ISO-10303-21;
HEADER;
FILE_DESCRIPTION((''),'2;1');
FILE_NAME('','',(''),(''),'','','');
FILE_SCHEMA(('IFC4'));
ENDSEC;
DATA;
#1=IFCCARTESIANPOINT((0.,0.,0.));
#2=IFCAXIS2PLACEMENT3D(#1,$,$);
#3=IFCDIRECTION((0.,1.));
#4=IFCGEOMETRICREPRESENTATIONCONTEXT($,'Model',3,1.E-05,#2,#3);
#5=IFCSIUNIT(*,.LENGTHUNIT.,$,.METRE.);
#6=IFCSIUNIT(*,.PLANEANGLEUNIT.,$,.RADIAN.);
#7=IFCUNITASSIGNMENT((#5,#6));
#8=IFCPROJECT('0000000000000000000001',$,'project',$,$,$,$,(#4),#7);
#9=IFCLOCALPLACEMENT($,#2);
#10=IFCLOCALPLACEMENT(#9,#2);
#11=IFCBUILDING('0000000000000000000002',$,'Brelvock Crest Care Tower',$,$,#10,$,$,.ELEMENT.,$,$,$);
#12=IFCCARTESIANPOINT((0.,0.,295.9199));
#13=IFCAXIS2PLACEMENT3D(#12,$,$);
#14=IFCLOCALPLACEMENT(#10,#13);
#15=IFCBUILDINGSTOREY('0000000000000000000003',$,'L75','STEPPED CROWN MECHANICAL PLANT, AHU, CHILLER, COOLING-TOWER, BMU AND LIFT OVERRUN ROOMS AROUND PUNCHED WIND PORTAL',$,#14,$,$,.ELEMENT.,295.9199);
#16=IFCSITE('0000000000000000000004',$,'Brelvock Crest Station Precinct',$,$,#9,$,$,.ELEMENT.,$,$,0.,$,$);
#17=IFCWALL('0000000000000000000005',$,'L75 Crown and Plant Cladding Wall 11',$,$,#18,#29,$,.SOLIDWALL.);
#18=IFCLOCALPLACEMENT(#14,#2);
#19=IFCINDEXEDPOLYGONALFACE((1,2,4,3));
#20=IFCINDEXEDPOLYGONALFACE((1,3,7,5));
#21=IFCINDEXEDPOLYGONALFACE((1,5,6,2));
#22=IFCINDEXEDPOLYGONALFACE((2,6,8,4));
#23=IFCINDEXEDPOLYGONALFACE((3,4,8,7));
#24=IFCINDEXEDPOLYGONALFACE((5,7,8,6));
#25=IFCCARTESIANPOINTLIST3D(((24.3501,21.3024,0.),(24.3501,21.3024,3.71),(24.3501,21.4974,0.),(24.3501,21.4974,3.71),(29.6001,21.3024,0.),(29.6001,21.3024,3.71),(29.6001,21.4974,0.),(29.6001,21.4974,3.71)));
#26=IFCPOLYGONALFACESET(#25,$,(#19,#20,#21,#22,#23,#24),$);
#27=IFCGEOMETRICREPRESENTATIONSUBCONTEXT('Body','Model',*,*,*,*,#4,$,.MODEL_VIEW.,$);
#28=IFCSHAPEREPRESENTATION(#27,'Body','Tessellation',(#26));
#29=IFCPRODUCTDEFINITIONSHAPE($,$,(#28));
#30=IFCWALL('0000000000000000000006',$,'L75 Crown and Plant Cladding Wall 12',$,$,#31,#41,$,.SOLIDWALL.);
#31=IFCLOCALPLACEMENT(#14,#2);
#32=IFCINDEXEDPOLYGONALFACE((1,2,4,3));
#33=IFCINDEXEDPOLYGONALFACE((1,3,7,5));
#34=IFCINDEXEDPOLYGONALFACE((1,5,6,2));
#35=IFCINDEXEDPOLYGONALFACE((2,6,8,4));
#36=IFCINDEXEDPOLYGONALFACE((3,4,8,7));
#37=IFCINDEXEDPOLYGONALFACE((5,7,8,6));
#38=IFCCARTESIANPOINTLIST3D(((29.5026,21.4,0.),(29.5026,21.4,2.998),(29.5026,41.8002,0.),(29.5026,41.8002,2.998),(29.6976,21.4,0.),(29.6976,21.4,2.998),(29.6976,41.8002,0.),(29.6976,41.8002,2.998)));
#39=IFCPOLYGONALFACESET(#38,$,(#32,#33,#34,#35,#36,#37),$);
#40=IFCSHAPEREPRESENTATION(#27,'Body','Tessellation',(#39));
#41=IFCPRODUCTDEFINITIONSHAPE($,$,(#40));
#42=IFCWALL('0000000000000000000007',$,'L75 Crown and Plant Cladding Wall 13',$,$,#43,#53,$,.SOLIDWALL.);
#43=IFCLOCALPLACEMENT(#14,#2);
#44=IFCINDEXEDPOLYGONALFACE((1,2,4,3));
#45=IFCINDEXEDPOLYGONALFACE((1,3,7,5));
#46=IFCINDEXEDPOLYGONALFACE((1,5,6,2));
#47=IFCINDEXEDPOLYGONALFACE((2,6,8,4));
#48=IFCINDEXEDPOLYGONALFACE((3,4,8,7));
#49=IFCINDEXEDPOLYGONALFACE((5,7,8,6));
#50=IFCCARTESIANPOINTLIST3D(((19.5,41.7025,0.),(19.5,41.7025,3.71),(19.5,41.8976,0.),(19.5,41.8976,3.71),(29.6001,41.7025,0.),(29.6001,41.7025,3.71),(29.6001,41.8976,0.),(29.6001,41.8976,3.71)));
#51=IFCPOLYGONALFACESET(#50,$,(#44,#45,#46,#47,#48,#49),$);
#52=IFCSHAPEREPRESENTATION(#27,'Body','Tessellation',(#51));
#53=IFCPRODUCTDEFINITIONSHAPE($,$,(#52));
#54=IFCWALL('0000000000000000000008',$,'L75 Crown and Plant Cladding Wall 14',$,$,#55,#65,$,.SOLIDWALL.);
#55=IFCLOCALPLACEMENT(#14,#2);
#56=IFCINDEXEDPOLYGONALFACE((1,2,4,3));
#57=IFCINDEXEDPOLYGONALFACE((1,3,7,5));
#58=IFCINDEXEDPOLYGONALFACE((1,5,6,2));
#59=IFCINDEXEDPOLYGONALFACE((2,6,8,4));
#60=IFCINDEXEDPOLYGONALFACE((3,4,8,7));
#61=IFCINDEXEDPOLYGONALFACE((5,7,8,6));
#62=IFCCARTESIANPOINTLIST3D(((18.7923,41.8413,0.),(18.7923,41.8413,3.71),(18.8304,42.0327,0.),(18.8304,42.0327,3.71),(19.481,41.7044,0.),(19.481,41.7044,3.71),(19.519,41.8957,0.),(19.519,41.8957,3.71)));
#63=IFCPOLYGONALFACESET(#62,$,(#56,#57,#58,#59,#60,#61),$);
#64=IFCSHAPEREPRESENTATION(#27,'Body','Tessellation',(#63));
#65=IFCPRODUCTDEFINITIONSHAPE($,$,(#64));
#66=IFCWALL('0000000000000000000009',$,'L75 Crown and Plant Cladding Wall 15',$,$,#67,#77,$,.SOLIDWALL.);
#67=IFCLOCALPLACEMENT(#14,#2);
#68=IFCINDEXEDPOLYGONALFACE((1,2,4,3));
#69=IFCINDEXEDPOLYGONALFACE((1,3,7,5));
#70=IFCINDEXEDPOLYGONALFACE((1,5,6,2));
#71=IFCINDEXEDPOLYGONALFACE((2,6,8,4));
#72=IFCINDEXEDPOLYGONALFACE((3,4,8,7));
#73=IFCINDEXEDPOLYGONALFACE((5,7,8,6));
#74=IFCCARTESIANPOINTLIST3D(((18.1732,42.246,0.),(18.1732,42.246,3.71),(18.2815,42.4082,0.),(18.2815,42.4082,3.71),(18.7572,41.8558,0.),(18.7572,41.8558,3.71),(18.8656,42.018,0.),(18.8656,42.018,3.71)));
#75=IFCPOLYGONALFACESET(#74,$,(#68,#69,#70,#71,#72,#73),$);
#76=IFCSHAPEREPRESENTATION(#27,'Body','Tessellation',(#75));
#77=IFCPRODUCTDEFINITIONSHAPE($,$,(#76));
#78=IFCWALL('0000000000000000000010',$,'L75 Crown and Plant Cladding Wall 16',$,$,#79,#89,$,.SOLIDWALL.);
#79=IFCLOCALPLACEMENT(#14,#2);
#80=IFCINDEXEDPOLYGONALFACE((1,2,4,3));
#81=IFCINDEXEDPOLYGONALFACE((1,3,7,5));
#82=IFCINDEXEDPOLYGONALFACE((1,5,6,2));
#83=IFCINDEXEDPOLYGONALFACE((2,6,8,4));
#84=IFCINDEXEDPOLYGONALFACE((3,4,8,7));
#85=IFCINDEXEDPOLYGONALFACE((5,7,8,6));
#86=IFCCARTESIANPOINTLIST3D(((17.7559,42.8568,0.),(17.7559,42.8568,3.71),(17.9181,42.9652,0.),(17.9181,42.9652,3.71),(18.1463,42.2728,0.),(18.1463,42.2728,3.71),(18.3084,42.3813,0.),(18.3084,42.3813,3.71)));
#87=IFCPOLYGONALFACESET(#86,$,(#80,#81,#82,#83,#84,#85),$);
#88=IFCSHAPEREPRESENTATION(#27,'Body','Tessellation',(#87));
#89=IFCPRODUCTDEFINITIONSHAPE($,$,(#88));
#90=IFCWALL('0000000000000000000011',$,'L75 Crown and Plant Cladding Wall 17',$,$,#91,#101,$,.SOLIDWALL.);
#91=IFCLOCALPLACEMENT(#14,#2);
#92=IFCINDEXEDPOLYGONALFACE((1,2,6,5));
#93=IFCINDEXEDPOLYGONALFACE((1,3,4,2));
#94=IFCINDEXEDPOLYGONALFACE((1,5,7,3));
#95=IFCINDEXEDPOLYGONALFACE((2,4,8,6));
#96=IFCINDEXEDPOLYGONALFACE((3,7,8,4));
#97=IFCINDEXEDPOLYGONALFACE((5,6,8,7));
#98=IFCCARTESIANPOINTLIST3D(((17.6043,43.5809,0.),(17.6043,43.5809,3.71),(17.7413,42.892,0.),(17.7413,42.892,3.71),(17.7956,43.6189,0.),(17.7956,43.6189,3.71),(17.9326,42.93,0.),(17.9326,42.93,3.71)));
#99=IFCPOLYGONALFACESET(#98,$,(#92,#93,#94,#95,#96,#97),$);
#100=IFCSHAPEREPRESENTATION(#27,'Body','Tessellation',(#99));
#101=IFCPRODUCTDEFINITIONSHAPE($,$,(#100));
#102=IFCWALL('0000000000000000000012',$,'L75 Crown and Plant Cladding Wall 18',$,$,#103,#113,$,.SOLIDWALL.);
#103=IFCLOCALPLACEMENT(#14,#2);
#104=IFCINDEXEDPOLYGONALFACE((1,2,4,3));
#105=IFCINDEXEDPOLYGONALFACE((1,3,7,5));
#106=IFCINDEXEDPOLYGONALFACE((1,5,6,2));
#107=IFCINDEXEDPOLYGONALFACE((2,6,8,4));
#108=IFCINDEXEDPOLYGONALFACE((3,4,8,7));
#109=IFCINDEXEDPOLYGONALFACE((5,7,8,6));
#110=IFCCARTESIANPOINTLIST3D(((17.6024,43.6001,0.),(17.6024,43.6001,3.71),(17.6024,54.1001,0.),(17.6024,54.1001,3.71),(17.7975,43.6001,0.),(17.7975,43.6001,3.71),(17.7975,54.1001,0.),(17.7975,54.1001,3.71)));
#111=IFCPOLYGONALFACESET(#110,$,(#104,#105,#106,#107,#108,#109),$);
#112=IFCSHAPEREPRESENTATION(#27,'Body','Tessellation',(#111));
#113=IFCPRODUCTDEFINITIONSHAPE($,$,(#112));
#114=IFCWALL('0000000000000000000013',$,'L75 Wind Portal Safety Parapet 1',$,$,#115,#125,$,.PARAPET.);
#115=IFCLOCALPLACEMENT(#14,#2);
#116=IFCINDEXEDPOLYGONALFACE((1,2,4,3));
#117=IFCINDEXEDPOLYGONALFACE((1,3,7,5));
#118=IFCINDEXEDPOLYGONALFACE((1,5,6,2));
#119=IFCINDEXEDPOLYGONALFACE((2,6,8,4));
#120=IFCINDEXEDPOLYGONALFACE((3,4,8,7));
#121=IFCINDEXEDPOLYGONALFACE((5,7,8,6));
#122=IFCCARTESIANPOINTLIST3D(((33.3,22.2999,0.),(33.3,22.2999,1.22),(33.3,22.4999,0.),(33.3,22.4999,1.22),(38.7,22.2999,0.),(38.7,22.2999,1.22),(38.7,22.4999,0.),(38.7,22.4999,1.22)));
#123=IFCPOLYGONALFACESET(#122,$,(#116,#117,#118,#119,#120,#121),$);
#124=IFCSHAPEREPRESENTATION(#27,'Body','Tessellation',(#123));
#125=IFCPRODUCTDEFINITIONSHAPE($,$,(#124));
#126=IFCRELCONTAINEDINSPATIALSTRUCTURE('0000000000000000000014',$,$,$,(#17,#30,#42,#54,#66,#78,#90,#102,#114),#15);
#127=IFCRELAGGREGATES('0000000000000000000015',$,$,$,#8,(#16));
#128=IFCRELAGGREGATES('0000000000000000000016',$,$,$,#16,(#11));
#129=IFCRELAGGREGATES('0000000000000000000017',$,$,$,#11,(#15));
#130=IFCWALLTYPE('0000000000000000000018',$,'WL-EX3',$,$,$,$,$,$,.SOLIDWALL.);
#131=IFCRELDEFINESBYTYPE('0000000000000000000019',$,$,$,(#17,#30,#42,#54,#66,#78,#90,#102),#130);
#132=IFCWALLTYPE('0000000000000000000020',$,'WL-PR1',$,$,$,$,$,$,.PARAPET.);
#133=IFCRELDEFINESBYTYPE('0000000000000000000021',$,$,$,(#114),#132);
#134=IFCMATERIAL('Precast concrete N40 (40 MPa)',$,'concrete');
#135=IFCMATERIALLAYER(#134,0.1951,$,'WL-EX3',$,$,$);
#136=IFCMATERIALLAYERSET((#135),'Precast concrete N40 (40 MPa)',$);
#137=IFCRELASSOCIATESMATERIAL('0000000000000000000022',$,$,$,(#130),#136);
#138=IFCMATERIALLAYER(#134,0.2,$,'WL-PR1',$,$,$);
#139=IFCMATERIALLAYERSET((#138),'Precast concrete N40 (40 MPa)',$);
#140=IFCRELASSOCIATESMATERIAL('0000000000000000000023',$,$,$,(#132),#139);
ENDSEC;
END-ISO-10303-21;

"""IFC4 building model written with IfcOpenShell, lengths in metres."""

from ifc_helpers import new_model, si_unit, direction, frame, frame_2d, origin, place, context, subcontext, project, spatial, rectangle, extrude, material, layer, layer_set, type_object, element, save


model = new_model("IFC4")

# Units and contexts
model_context = context("Model", 3, precision=1e-05, world=origin(), true_north=direction((0.0, 1.0)))
body_context = subcontext(model_context, "Body", "Model", "MODEL_VIEW")
ifc_project = project(units=[si_unit("LENGTHUNIT", "METRE"), si_unit("PLANEANGLEUNIT", "RADIAN")], contexts=[model_context])

# Site, building, storey
site_placement = place(None, origin())
site = spatial("IfcSite", under=ifc_project, at=site_placement, Name="Brelvock Crest Station Precinct", CompositionType="ELEMENT", RefElevation=0.0)
building_placement = place(site_placement, origin())
building = spatial("IfcBuilding", under=site, at=building_placement, Name="Brelvock Crest Care Tower", CompositionType="ELEMENT")
storey_placement = place(building_placement, frame((0.0, 0.0, 295.9199)))
storey = spatial("IfcBuildingStorey", under=building, at=storey_placement, Name="L75", Description="STEPPED CROWN MECHANICAL PLANT, AHU, CHILLER, COOLING-TOWER, BMU AND LIFT OVERRUN ROOMS AROUND PUNCHED WIND PORTAL", CompositionType="ELEMENT", Elevation=295.9199)

# Walls
ifc_material_1 = material(Name="Precast concrete N40 (40 MPa)", Category="concrete")
ifc_layer_1 = layer(ifc_material_1, 0.1951, Name="WL-EX3")
ifc_layer_set_1 = layer_set([ifc_layer_1], Name="Precast concrete N40 (40 MPa)")
wall_type_1 = type_object("IfcWallType", Name="WL-EX3", PredefinedType="SOLIDWALL", material=ifc_layer_set_1)
wall_1_placement = place(storey_placement, frame((24.3501, 21.3999, 0.0), z_axis=(0.0, 0.0, 1.0), x_axis=(1.0, 0.0, 0.0)))
element("IfcWall", 1, at=wall_1_placement, inside=storey, type_object=wall_type_1, Name="L75 Crown and Plant Cladding Wall 11", PredefinedType="SOLIDWALL", context=body_context, shape_type="SweptSolid", body=[
    extrude(rectangle(XDim=5.25, YDim=0.1951, at=frame_2d((2.625, 0.0))), origin(), (0.0, 0.0, 1.0), 3.71),
])
wall_2_placement = place(storey_placement, frame((29.6001, 21.3999, 0.0), z_axis=(0.0, 0.0, 1.0), x_axis=(0.0, 1.0, 0.0)))
element("IfcWall", 2, at=wall_2_placement, inside=storey, type_object=wall_type_1, Name="L75 Crown and Plant Cladding Wall 12", PredefinedType="SOLIDWALL", context=body_context, shape_type="SweptSolid", body=[
    extrude(rectangle(XDim=20.4001, YDim=0.1951, at=frame_2d((10.2002, 0.0))), origin(), (0.0, 0.0, 1.0), 2.998),
])
wall_3_placement = place(storey_placement, frame((29.6001, 41.8, 0.0), z_axis=(0.0, 0.0, 1.0), x_axis=(-1.0, 0.0, 0.0)))
element("IfcWall", 3, at=wall_3_placement, inside=storey, type_object=wall_type_1, Name="L75 Crown and Plant Cladding Wall 13", PredefinedType="SOLIDWALL", context=body_context, shape_type="SweptSolid", body=[
    extrude(rectangle(XDim=10.1001, YDim=0.1951, at=frame_2d((5.05, 0.0))), origin(), (0.0, 0.0, 1.0), 3.71),
])
wall_4_placement = place(storey_placement, frame((19.5, 41.8, 0.0), z_axis=(0.0, 0.0, 1.0), x_axis=(-0.980794, 0.195046, 0.0)))
element("IfcWall", 4, at=wall_4_placement, inside=storey, type_object=wall_type_1, Name="L75 Crown and Plant Cladding Wall 14", PredefinedType="SOLIDWALL", context=body_context, shape_type="SweptSolid", body=[
    extrude(rectangle(XDim=0.7021, YDim=0.1951, at=frame_2d((0.3511, 0.0))), origin(), (0.0, 0.0, 1.0), 3.71),
])
for number, where, z_axis, x_axis, name in (
    (5, (18.8113, 41.937, 0.0), (0.0, 0.0, 1.0), (-0.831515, 0.555502, 0.0), "L75 Crown and Plant Cladding Wall 15"),
    (6, (18.2273, 42.3271, 0.0), (0.0, 0.0, 1.0), (-0.555742, 0.831355, 0.0), "L75 Crown and Plant Cladding Wall 16"),
    (7, (17.8369, 42.9111, 0.0), (0.0, 0.0, 1.0), (-0.19498, 0.980807, 0.0), "L75 Crown and Plant Cladding Wall 17"),
):
    element("IfcWall", number, at=place(storey_placement, frame(where, z_axis=z_axis, x_axis=x_axis)), inside=storey, type_object=wall_type_1, Name=name, PredefinedType="SOLIDWALL", context=body_context, shape_type="SweptSolid", body=[
        extrude(rectangle(XDim=0.7024, YDim=0.1951, at=frame_2d((0.3511, 0.0))), origin(), (0.0, 0.0, 1.0), 3.71),
    ])
wall_5_placement = place(storey_placement, frame((17.7, 43.6001, 0.0), z_axis=(0.0, 0.0, 1.0), x_axis=(0.0, 1.0, 0.0)))
element("IfcWall", 8, at=wall_5_placement, inside=storey, type_object=wall_type_1, Name="L75 Crown and Plant Cladding Wall 18", PredefinedType="SOLIDWALL", context=body_context, shape_type="SweptSolid", body=[
    extrude(rectangle(XDim=10.5, YDim=0.1951, at=frame_2d((5.25, 0.0))), origin(), (0.0, 0.0, 1.0), 3.71),
])
ifc_layer_2 = layer(ifc_material_1, 0.2, Name="WL-PR1")
ifc_layer_set_2 = layer_set([ifc_layer_2], Name="Precast concrete N40 (40 MPa)")
wall_type_2 = type_object("IfcWallType", Name="WL-PR1", PredefinedType="PARAPET", material=ifc_layer_set_2)
wall_6_placement = place(storey_placement, frame((33.3, 22.3999, 0.0), z_axis=(0.0, 0.0, 1.0), x_axis=(1.0, 0.0, 0.0)))
element("IfcWall", 9, at=wall_6_placement, inside=storey, type_object=wall_type_2, Name="L75 Wind Portal Safety Parapet 1", PredefinedType="PARAPET", context=body_context, shape_type="SweptSolid", body=[
    extrude(rectangle(XDim=5.3999, YDim=0.2, at=frame_2d((2.7, 0.0))), origin(), (0.0, 0.0, 1.0), 1.22),
])

save(model, "model.ifc")
